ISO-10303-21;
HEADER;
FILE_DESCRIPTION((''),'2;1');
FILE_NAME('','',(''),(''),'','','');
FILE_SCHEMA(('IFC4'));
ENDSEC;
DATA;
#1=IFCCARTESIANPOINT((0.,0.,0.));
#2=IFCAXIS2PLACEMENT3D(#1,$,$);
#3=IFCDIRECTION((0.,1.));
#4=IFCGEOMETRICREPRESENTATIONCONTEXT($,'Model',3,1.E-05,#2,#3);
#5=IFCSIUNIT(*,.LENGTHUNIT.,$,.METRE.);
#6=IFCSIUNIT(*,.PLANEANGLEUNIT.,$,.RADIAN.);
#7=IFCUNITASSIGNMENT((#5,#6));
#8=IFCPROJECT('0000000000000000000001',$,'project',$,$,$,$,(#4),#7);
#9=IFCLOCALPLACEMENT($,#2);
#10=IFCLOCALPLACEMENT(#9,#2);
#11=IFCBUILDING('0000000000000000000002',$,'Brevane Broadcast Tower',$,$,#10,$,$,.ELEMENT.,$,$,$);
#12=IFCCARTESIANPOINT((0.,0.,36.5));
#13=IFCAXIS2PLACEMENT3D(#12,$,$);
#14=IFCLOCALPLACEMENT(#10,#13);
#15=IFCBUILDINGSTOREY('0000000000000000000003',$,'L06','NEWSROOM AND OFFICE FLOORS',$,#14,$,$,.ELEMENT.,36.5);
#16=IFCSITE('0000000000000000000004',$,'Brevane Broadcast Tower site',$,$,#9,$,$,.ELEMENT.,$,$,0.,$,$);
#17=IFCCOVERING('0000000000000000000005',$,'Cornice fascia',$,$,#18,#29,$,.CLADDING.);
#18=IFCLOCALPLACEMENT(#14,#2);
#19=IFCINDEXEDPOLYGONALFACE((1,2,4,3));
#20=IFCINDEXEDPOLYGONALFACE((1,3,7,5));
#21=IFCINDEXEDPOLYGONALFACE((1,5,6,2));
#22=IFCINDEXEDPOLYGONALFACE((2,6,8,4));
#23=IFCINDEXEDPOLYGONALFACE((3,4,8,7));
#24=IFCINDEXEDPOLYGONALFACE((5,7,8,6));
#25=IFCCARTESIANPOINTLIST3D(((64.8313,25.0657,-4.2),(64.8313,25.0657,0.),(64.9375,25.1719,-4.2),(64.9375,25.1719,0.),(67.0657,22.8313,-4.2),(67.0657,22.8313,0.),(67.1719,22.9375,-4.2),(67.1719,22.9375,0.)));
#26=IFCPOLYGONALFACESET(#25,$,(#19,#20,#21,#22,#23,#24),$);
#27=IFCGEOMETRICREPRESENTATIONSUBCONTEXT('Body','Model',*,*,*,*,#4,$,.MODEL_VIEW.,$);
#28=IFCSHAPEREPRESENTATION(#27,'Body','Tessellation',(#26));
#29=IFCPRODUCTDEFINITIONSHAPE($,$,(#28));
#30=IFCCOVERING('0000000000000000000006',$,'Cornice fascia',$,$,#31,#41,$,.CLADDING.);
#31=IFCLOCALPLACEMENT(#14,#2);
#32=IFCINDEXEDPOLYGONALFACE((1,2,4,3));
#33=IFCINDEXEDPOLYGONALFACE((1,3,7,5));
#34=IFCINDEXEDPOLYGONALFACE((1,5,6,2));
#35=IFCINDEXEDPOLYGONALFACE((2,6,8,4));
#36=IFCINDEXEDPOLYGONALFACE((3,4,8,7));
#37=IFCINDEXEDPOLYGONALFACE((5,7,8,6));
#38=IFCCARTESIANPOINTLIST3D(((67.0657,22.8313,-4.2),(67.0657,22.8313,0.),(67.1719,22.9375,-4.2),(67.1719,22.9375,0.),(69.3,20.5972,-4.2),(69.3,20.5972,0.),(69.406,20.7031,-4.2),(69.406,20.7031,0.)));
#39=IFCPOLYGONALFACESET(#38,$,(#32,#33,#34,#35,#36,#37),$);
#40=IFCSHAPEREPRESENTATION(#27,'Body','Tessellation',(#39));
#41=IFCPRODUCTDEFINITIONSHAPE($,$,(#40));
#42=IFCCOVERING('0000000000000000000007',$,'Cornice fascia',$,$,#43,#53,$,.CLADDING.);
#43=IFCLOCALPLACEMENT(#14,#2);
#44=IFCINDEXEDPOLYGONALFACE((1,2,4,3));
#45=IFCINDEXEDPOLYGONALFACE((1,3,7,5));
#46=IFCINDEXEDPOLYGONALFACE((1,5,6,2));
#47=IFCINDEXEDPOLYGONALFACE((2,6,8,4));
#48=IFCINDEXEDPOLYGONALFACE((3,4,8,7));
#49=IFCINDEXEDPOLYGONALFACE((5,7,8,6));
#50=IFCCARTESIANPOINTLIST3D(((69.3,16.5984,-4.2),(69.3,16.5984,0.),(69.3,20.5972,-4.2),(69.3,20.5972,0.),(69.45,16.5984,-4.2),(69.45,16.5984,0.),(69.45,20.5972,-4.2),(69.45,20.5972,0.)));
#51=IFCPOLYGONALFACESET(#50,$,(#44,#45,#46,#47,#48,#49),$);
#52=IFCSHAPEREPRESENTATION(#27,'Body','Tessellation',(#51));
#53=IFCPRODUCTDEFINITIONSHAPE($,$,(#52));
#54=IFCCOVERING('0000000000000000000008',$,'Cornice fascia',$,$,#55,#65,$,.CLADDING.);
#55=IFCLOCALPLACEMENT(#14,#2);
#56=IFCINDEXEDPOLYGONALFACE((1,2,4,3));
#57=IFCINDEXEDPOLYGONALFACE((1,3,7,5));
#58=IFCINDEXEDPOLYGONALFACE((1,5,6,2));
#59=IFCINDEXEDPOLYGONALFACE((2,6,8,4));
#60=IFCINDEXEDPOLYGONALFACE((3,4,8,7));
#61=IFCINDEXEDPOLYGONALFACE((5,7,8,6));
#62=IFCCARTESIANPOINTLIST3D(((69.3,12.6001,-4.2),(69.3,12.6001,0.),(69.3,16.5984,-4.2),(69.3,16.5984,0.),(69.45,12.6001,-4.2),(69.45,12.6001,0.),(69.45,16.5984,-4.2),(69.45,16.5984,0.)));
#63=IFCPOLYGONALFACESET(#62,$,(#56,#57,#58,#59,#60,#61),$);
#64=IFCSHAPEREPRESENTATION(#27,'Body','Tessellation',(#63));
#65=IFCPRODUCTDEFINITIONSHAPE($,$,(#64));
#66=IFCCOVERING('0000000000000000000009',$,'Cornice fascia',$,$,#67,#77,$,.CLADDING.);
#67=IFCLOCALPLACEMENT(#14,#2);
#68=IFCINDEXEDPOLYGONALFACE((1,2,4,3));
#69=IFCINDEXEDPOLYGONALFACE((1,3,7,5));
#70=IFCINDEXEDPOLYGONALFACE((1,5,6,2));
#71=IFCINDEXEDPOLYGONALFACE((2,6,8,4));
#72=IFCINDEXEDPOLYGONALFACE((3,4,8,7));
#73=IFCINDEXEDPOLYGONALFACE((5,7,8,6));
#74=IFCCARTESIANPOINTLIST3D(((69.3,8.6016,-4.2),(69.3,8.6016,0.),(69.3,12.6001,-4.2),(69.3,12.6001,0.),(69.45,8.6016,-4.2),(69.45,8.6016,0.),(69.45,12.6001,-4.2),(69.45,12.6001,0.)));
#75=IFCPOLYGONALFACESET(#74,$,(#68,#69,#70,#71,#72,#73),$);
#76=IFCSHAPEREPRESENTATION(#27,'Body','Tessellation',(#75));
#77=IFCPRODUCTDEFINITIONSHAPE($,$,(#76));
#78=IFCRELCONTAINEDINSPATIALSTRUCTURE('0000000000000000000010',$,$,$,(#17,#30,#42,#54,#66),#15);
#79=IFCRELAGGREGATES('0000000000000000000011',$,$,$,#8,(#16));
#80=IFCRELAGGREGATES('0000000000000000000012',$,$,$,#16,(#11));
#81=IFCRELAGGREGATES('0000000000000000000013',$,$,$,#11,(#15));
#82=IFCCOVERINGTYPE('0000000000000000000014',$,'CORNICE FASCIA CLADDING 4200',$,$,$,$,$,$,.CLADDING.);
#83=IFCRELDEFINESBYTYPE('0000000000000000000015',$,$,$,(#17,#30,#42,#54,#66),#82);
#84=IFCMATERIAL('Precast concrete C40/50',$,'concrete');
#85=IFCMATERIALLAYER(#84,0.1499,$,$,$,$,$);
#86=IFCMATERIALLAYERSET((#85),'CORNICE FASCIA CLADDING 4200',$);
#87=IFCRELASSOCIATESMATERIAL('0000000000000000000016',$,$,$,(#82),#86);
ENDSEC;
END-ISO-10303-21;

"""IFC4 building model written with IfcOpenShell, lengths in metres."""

from ifc_helpers import new_model, si_unit, direction, frame, origin, place, context, subcontext, project, spatial, polyline, outline, extrude, material, layer, layer_set, type_object, element, save


model = new_model("IFC4")

# Units and contexts
model_context = context("Model", 3, precision=1e-05, world=origin(), true_north=direction((0.0, 1.0)))
body_context = subcontext(model_context, "Body", "Model", "MODEL_VIEW")
ifc_project = project(units=[si_unit("LENGTHUNIT", "METRE"), si_unit("PLANEANGLEUNIT", "RADIAN")], contexts=[model_context])

# Site, building, storey
site_placement = place(None, origin())
site = spatial("IfcSite", under=ifc_project, at=site_placement, Name="Brevane Broadcast Tower site", CompositionType="ELEMENT", RefElevation=0.0)
building_placement = place(site_placement, origin())
building = spatial("IfcBuilding", under=site, at=building_placement, Name="Brevane Broadcast Tower", CompositionType="ELEMENT")
storey_placement = place(building_placement, frame((0.0, 0.0, 36.5)))
storey = spatial("IfcBuildingStorey", under=building, at=storey_placement, Name="L06", Description="NEWSROOM AND OFFICE FLOORS", CompositionType="ELEMENT", Elevation=36.5)

# Coverings
ifc_material = material(Name="Precast concrete C40/50", Category="concrete")
ifc_layer = layer(ifc_material, 0.1499)
ifc_layer_set = layer_set([ifc_layer], Name="CORNICE FASCIA CLADDING 4200")
covering_type = type_object("IfcCoveringType", Name="CORNICE FASCIA CLADDING 4200", PredefinedType="CLADDING", material=ifc_layer_set)
covering_1_placement = place(storey_placement, frame((0.0, 0.0, -4.2)))
element("IfcCovering", 1, at=covering_1_placement, inside=storey, type_object=covering_type, Name="Cornice fascia", PredefinedType="CLADDING", context=body_context, shape_type="SweptSolid", body=[
    extrude(outline(polyline([(64.8313, 25.0657), (67.0657, 22.8313), (67.1719, 22.9375), (64.9375, 25.1719), (64.8313, 25.0657)])), origin(), (0.0, 0.0, 1.0), 4.2),
])
covering_2_placement = place(storey_placement, frame((0.0, 0.0, -4.2)))
element("IfcCovering", 2, at=covering_2_placement, inside=storey, type_object=covering_type, Name="Cornice fascia", PredefinedType="CLADDING", context=body_context, shape_type="SweptSolid", body=[
    extrude(outline(polyline([(67.0657, 22.8313), (69.3, 20.5972), (69.406, 20.7031), (67.1719, 22.9375), (67.0657, 22.8313)])), origin(), (0.0, 0.0, 1.0), 4.2),
])
covering_3_placement = place(storey_placement, frame((0.0, 0.0, -4.2)))
element("IfcCovering", 3, at=covering_3_placement, inside=storey, type_object=covering_type, Name="Cornice fascia", PredefinedType="CLADDING", context=body_context, shape_type="SweptSolid", body=[
    extrude(outline(polyline([(69.3, 20.5972), (69.3, 16.5984), (69.45, 16.5984), (69.45, 20.5972), (69.3, 20.5972)])), origin(), (0.0, 0.0, 1.0), 4.2),
])
covering_4_placement = place(storey_placement, frame((0.0, 0.0, -4.2)))
element("IfcCovering", 4, at=covering_4_placement, inside=storey, type_object=covering_type, Name="Cornice fascia", PredefinedType="CLADDING", context=body_context, shape_type="SweptSolid", body=[
    extrude(outline(polyline([(69.3, 16.5984), (69.3, 12.6001), (69.45, 12.6001), (69.45, 16.5984), (69.3, 16.5984)])), origin(), (0.0, 0.0, 1.0), 4.2),
])
covering_5_placement = place(storey_placement, frame((0.0, 0.0, -4.2)))
element("IfcCovering", 5, at=covering_5_placement, inside=storey, type_object=covering_type, Name="Cornice fascia", PredefinedType="CLADDING", context=body_context, shape_type="SweptSolid", body=[
    extrude(outline(polyline([(69.3, 12.6001), (69.3, 8.6016), (69.45, 8.6016), (69.45, 12.6001), (69.3, 12.6001)])), origin(), (0.0, 0.0, 1.0), 4.2),
])

save(model, "model.ifc")
